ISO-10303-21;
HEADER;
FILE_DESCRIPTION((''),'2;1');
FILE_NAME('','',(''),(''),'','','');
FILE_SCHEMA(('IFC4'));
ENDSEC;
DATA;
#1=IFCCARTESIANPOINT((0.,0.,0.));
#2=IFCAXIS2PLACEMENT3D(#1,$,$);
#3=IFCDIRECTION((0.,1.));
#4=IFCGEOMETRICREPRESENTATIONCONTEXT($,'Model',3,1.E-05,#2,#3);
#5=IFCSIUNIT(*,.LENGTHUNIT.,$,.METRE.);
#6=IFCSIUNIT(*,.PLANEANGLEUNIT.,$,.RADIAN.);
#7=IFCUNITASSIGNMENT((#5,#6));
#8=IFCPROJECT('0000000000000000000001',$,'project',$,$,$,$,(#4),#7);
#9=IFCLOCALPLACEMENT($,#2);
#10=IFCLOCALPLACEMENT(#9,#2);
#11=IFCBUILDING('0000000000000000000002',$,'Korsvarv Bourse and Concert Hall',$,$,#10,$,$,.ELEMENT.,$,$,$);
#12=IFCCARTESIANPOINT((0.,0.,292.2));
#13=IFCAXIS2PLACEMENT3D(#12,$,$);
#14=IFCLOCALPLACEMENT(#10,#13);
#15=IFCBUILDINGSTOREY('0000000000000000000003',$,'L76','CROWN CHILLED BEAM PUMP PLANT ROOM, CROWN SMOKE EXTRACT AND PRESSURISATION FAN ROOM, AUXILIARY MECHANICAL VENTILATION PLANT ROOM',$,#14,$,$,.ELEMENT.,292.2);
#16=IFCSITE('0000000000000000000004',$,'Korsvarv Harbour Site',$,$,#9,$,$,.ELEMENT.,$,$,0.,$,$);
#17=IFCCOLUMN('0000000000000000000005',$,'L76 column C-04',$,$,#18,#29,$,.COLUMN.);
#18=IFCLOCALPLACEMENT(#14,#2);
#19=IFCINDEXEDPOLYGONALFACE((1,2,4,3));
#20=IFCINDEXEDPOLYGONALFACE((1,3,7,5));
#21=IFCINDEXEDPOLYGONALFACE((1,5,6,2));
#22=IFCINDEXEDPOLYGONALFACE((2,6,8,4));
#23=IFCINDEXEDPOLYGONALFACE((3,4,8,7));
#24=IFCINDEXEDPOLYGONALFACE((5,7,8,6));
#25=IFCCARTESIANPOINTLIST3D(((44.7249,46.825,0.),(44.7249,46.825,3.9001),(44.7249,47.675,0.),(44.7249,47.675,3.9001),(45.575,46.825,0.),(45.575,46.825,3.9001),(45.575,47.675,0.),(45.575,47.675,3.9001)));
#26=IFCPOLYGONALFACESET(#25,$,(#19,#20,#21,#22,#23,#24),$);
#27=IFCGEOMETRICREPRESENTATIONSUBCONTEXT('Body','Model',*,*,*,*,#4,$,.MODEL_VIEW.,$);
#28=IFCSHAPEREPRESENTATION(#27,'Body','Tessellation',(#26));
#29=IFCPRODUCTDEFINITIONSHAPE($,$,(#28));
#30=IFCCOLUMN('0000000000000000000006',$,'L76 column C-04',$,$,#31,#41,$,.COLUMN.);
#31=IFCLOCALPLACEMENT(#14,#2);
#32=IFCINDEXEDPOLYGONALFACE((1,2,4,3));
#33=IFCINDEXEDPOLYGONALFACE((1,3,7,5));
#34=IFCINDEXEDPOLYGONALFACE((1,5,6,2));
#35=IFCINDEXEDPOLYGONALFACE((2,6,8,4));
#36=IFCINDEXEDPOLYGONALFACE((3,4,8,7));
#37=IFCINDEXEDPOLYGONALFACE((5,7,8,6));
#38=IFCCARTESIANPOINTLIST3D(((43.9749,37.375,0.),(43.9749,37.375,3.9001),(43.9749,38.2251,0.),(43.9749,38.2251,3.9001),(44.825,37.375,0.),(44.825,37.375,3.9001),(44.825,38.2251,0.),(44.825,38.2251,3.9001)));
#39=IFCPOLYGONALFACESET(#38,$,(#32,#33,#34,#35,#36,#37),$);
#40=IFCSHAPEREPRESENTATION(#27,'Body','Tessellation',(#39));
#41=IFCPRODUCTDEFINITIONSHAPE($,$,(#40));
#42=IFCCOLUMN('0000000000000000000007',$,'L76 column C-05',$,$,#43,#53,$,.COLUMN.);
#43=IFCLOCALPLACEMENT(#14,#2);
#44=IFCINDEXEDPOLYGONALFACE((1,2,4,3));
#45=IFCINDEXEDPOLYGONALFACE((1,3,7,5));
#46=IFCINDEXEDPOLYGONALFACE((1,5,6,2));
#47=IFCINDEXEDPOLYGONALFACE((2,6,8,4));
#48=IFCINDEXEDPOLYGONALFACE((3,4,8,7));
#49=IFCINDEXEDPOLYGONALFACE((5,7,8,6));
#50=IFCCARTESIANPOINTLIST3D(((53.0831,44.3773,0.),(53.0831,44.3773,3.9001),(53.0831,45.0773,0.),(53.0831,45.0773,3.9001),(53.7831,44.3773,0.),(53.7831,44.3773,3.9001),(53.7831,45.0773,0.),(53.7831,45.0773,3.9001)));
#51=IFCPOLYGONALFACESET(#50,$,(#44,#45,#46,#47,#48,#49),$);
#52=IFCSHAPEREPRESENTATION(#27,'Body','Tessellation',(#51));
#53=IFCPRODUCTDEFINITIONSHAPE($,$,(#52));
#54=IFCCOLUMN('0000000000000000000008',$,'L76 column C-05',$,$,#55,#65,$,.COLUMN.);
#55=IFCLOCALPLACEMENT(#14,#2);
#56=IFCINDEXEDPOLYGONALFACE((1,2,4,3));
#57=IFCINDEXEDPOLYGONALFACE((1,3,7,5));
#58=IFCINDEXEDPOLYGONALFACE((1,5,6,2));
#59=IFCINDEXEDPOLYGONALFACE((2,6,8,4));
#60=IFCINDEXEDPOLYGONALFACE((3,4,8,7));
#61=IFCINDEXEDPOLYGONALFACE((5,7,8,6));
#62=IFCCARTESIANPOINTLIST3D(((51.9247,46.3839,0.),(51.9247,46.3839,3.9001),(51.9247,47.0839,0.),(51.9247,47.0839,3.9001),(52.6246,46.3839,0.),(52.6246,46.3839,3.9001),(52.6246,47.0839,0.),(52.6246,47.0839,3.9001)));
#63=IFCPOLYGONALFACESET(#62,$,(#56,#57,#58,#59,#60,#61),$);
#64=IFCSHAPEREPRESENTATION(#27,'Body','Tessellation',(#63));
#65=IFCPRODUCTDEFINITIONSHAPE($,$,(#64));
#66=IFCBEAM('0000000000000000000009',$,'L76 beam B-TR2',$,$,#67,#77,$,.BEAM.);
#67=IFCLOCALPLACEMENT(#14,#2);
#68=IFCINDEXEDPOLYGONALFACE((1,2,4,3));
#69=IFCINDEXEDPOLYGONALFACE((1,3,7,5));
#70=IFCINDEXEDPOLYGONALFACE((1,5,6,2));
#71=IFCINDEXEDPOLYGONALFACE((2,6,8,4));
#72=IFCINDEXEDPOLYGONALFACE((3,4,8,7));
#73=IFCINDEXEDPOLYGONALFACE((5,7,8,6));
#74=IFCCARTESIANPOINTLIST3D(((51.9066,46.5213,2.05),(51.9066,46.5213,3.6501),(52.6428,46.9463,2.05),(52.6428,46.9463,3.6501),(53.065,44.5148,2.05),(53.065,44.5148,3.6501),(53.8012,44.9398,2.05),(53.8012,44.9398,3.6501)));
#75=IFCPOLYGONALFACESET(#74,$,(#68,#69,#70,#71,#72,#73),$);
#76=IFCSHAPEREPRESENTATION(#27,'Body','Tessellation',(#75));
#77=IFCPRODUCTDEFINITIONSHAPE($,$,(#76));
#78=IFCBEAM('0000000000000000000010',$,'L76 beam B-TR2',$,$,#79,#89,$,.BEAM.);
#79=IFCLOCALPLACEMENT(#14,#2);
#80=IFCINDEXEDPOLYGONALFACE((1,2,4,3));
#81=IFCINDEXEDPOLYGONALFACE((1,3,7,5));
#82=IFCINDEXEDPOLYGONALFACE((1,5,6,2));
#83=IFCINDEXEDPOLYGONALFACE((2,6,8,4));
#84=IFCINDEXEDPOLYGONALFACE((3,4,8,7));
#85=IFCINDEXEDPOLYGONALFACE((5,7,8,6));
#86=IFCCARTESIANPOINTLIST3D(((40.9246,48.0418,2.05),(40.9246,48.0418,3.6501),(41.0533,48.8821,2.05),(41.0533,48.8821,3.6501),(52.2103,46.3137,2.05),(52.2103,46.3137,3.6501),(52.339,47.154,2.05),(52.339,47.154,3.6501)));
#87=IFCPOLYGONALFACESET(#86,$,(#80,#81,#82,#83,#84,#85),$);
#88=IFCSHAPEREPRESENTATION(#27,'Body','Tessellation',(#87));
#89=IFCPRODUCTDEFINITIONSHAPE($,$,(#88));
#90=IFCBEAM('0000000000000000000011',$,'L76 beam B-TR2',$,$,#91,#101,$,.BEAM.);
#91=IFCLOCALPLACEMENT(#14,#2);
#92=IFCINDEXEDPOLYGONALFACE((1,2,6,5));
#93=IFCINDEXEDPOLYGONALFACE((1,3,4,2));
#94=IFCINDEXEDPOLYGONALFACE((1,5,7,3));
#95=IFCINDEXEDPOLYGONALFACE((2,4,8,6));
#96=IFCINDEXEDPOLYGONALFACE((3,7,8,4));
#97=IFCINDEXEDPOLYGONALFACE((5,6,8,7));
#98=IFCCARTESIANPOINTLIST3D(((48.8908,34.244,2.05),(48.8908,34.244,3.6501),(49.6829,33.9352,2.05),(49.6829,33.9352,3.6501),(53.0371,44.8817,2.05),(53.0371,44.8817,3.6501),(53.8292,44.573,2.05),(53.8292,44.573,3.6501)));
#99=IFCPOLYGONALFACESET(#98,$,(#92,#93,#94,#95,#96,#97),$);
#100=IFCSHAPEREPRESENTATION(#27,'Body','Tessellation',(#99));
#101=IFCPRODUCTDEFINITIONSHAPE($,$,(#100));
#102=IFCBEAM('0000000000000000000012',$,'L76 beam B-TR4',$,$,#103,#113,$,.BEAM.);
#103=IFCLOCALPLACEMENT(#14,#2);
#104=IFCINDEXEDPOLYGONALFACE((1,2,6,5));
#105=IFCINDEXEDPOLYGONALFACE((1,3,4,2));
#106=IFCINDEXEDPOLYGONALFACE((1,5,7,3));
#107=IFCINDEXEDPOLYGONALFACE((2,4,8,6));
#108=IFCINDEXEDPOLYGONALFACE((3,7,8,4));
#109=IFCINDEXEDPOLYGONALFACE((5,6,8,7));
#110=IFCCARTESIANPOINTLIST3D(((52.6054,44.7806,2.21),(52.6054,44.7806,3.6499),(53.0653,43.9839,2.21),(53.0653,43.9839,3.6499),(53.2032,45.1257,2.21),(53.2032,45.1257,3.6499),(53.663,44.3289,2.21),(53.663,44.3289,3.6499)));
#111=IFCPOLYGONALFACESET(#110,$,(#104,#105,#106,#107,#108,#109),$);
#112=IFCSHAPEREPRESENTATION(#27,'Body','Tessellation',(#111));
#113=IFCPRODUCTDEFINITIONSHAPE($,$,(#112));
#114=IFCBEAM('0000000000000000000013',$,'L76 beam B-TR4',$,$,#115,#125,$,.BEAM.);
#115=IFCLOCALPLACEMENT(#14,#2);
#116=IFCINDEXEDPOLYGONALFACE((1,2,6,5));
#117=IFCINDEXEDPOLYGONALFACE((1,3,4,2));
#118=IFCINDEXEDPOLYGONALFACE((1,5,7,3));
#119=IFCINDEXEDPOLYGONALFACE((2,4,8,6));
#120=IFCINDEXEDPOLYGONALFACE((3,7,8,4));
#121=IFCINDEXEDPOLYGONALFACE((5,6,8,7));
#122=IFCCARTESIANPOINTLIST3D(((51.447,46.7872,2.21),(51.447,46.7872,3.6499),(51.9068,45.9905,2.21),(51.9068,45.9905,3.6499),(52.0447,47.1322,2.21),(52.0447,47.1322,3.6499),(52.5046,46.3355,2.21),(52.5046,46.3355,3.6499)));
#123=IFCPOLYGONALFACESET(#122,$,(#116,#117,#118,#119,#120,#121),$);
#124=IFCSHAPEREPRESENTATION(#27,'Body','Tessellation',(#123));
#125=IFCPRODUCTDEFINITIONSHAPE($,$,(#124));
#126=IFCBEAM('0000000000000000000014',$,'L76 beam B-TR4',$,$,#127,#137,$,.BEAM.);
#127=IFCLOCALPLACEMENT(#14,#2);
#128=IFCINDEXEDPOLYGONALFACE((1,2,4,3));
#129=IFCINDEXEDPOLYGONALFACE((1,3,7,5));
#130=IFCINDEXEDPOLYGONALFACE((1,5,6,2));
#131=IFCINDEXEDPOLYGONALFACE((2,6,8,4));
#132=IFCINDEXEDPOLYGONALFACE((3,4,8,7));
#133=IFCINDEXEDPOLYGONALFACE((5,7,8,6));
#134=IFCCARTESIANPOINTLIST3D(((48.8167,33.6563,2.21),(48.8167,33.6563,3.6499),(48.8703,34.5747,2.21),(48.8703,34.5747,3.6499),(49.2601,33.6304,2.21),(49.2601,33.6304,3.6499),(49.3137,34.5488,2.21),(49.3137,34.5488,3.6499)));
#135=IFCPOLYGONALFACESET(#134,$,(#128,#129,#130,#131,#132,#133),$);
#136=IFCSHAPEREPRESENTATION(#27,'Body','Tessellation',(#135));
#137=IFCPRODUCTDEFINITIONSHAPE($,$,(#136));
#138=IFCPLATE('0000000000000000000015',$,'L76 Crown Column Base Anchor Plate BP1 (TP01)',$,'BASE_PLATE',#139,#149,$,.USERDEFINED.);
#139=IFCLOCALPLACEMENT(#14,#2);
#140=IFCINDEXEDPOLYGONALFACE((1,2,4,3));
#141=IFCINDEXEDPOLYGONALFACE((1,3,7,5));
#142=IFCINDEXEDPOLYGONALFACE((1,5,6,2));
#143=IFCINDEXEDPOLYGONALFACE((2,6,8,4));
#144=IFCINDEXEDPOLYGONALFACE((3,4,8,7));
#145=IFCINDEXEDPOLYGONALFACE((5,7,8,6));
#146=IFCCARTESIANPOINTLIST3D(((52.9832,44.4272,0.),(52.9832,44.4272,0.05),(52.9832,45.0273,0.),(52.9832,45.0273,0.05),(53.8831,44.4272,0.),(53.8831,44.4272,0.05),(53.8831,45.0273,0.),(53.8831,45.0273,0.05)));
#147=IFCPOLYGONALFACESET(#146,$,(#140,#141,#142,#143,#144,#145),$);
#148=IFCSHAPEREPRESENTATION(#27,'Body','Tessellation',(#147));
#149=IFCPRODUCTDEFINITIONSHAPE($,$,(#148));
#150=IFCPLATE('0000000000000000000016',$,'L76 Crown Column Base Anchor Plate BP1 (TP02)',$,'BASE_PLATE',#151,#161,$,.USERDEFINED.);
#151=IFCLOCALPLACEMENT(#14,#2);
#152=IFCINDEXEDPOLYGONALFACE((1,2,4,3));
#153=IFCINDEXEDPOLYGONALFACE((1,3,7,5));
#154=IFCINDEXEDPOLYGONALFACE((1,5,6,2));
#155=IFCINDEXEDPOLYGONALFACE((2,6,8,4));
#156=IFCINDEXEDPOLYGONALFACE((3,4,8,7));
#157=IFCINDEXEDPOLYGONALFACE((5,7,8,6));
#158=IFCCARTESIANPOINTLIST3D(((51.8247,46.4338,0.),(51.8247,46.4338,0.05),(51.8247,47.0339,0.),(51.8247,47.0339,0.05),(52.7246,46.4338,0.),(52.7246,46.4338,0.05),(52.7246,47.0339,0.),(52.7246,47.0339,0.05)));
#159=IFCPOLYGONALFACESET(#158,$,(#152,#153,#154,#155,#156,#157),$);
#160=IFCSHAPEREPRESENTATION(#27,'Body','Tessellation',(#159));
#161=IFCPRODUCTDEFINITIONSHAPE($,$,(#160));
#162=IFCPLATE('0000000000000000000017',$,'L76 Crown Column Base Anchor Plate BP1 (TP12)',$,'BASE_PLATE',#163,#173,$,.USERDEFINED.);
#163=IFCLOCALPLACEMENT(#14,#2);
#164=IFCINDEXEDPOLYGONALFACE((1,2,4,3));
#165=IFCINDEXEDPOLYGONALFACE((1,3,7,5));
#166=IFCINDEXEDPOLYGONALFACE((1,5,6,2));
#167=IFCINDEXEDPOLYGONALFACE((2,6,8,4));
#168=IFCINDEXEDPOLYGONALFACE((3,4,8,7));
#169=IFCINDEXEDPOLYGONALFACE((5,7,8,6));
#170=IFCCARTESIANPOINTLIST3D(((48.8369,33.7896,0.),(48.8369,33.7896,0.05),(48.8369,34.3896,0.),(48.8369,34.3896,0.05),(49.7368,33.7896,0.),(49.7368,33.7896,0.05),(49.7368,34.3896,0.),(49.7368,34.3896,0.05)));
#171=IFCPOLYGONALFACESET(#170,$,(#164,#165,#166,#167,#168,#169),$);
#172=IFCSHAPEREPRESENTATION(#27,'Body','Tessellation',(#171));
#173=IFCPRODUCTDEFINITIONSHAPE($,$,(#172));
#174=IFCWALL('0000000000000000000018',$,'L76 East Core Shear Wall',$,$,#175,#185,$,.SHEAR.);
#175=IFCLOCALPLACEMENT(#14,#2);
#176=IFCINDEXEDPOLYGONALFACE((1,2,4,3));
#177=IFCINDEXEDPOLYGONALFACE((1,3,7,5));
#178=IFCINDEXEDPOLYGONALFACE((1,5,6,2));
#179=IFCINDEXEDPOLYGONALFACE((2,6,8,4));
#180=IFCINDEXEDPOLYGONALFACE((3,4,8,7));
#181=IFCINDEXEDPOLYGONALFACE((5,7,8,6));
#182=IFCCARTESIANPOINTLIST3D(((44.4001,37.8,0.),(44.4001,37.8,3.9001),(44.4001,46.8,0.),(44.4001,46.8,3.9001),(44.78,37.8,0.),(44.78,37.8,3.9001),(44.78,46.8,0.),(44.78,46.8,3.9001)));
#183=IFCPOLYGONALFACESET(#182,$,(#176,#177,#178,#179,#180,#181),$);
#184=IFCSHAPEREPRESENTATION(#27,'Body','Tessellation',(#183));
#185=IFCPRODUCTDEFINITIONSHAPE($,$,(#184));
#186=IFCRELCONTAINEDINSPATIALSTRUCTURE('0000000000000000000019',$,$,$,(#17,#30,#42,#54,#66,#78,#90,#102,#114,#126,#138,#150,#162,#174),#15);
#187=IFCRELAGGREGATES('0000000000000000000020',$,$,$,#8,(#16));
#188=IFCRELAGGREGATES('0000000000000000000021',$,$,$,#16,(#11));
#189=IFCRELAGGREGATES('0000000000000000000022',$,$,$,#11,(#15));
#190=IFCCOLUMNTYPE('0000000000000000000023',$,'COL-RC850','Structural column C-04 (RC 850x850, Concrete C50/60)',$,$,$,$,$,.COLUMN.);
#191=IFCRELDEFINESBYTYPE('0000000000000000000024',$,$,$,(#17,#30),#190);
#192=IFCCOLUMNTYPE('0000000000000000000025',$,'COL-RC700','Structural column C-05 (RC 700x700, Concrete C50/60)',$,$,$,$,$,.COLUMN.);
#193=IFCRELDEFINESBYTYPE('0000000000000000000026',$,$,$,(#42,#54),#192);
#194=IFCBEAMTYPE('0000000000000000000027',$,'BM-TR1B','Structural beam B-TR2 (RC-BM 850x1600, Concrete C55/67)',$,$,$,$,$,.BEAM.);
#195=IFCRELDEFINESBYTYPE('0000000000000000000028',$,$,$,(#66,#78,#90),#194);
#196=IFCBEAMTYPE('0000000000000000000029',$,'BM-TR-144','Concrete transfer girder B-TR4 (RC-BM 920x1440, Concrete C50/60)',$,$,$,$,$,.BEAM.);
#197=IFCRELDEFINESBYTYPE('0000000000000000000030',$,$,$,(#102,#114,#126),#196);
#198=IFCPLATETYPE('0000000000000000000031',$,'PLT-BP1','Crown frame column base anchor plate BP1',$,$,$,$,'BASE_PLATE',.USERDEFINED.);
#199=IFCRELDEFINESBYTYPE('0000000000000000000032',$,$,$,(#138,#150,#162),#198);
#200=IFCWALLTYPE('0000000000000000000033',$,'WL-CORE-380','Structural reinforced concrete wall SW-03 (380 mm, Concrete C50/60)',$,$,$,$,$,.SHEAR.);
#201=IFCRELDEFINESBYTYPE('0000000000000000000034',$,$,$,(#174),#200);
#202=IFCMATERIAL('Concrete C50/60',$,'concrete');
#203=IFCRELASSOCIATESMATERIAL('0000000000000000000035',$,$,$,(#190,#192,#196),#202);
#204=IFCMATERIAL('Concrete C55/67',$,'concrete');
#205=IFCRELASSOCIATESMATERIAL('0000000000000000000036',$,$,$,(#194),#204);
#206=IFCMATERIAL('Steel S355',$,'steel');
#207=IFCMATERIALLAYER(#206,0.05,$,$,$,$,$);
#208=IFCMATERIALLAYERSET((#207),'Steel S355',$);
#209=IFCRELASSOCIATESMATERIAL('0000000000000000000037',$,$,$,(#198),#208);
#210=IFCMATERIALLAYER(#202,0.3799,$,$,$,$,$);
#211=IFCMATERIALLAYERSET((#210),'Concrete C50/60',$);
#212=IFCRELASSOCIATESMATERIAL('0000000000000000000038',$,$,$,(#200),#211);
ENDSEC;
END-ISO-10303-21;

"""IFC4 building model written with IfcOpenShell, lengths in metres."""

from ifc_helpers import new_model, si_unit, direction, frame, frame_2d, origin, origin_2d, place, context, subcontext, project, spatial, rectangle, extrude, source, transform, mapped, material, layer, layer_set, material_profile, profile_set, type_object, element, save


model = new_model("IFC4")

# Units and contexts
model_context = context("Model", 3, precision=1e-05, world=origin(), true_north=direction((0.0, 1.0)))
body_context = subcontext(model_context, "Body", "Model", "MODEL_VIEW")
ifc_project = project(units=[si_unit("LENGTHUNIT", "METRE"), si_unit("PLANEANGLEUNIT", "RADIAN")], contexts=[model_context])

# Site, building, storey
site_placement = place(None, origin())
site = spatial("IfcSite", under=ifc_project, at=site_placement, Name="Korsvarv Harbour Site", CompositionType="ELEMENT", RefElevation=0.0)
building_placement = place(site_placement, origin())
building = spatial("IfcBuilding", under=site, at=building_placement, Name="Korsvarv Bourse and Concert Hall", CompositionType="ELEMENT")
storey_placement = place(building_placement, frame((0.0, 0.0, 292.2)))
storey = spatial("IfcBuildingStorey", under=building, at=storey_placement, Name="L76", Description="CROWN CHILLED BEAM PUMP PLANT ROOM, CROWN SMOKE EXTRACT AND PRESSURISATION FAN ROOM, AUXILIARY MECHANICAL VENTILATION PLANT ROOM", CompositionType="ELEMENT", Elevation=292.2)

# Columns
ifc_material_1 = material(Name="Concrete C50/60", Category="concrete")
ifc_material_profile_1 = material_profile(ifc_material_1, rectangle(XDim=0.8501, YDim=0.8501, at=origin_2d()), Name="RC 850x850")
ifc_profile_set_1 = profile_set([ifc_material_profile_1], Name="Concrete C50/60")
column_type_1 = type_object("IfcColumnType", Name="COL-RC850", Description="Structural column C-04 (RC 850x850, Concrete C50/60)", PredefinedType="COLUMN", material=ifc_profile_set_1)
shared_shape_1 = source(origin(), body_context, "Body", "SweptSolid", [
    extrude(rectangle(XDim=0.8501, YDim=0.8501, at=origin_2d()), origin(), (0.0, 0.0, 1.0), 3.9001),
])
for number, where, z_axis, x_axis, name in (
    (1, (45.1499, 47.25, 0.0), (0.0, 0.0, 1.0), (1.0, 0.0, 0.0), "L76 column C-04"),
    (2, (44.3999, 37.8, 0.0), (0.0, 0.0, 1.0), (1.0, 0.0, 0.0), "L76 column C-04"),
):
    element("IfcColumn", number, at=place(storey_placement, frame(where, z_axis=z_axis, x_axis=x_axis)), inside=storey, type_object=column_type_1, Name=name, PredefinedType="COLUMN", context=body_context, shape_type="MappedRepresentation", body=[
        mapped(shared_shape_1, transform((0.0, 0.0, 0.0), scale=1.0)),
    ])
ifc_material_profile_2 = material_profile(ifc_material_1, rectangle(XDim=0.7, YDim=0.7, at=origin_2d()), Name="RC 700x700")
ifc_profile_set_2 = profile_set([ifc_material_profile_2], Name="Concrete C50/60")
column_type_2 = type_object("IfcColumnType", Name="COL-RC700", Description="Structural column C-05 (RC 700x700, Concrete C50/60)", PredefinedType="COLUMN", material=ifc_profile_set_2)
shared_shape_2 = source(origin(), body_context, "Body", "SweptSolid", [
    extrude(rectangle(XDim=0.7, YDim=0.7, at=origin_2d()), origin(), (0.0, 0.0, 1.0), 3.9001),
])
for number, where, z_axis, x_axis, name in (
    (3, (53.4331, 44.7273, 0.0), (0.0, 0.0, 1.0), (1.0, 0.0, 0.0), "L76 column C-05"),
    (4, (52.2747, 46.7339, 0.0), (0.0, 0.0, 1.0), (1.0, 0.0, 0.0), "L76 column C-05"),
):
    element("IfcColumn", number, at=place(storey_placement, frame(where, z_axis=z_axis, x_axis=x_axis)), inside=storey, type_object=column_type_2, Name=name, PredefinedType="COLUMN", context=body_context, shape_type="MappedRepresentation", body=[
        mapped(shared_shape_2, transform((0.0, 0.0, 0.0), scale=1.0)),
    ])

# Beams
ifc_material_2 = material(Name="Concrete C55/67", Category="concrete")
ifc_material_profile_3 = material_profile(ifc_material_2, rectangle(XDim=0.8501, YDim=1.6001, at=origin_2d()), Name="RC-BM 850x1600")
ifc_profile_set_3 = profile_set([ifc_material_profile_3], Name="Concrete C55/67")
beam_type_1 = type_object("IfcBeamType", Name="BM-TR1B", Description="Structural beam B-TR2 (RC-BM 850x1600, Concrete C55/67)", PredefinedType="BEAM", material=ifc_profile_set_3)
shared_shape_3 = source(origin(), body_context, "Body", "SweptSolid", [
    extrude(rectangle(XDim=0.8501, YDim=1.6001, at=origin_2d()), origin(), (0.0, 0.0, 1.0), 2.3169),
])
beam_1_placement = place(storey_placement, frame((53.4331, 44.7273, 2.8501), z_axis=(-0.499981, 0.866036, 0.0), x_axis=(-0.866036, -0.499981, 0.0)))
element("IfcBeam", 5, at=beam_1_placement, inside=storey, type_object=beam_type_1, Name="L76 beam B-TR2", PredefinedType="BEAM", context=body_context, shape_type="MappedRepresentation", body=[
    mapped(shared_shape_3, transform((0.0, 0.0, 0.0), scale=1.0)),
])
shared_shape_4 = source(origin(), body_context, "Body", "SweptSolid", [
    extrude(rectangle(XDim=0.8501, YDim=1.6001, at=origin_2d()), origin(), (0.0, 0.0, 1.0), 11.4172),
])
for number, where, z_axis, x_axis, name in (
    (6, (52.2747, 46.7339, 2.8501), (-0.98848, 0.151353, 0.0), (-0.151353, -0.98848, 0.0), "L76 beam B-TR2"),
    (7, (49.2869, 34.0896, 2.8501), (0.363158, 0.931728, 0.0), (-0.931728, 0.363158, 0.0), "L76 beam B-TR2"),
):
    element("IfcBeam", number, at=place(storey_placement, frame(where, z_axis=z_axis, x_axis=x_axis)), inside=storey, type_object=beam_type_1, Name=name, PredefinedType="BEAM", context=body_context, shape_type="MappedRepresentation", body=[
        mapped(shared_shape_4, transform((0.0, 0.0, 0.0), scale=1.0)),
    ])
ifc_material_profile_4 = material_profile(ifc_material_1, rectangle(XDim=0.9199, YDim=1.4399, at=origin_2d()), Name="RC-BM 920x1440")
ifc_profile_set_4 = profile_set([ifc_material_profile_4], Name="Concrete C50/60")
beam_type_2 = type_object("IfcBeamType", Name="BM-TR-144", Description="Concrete transfer girder B-TR4 (RC-BM 920x1440, Concrete C50/60)", PredefinedType="BEAM", material=ifc_profile_set_4)
shared_shape_5 = source(origin(), body_context, "Body", "SweptSolid", [
    extrude(rectangle(XDim=0.9199, YDim=1.4399, at=origin_2d()), origin(), (0.0, 0.0, 1.0), 0.6902),
])
for number, where, z_axis, x_axis, name in (
    (8, (53.4331, 44.7273, 2.9299), (-0.86608, -0.499906, 0.0), (0.499906, -0.86608, 0.0), "L76 beam B-TR4"),
    (9, (52.2747, 46.7339, 2.9299), (-0.86608, -0.499906, 0.0), (0.499906, -0.86608, 0.0), "L76 beam B-TR4"),
):
    element("IfcBeam", number, at=place(storey_placement, frame(where, z_axis=z_axis, x_axis=x_axis)), inside=storey, type_object=beam_type_2, Name=name, PredefinedType="BEAM", context=body_context, shape_type="MappedRepresentation", body=[
        mapped(shared_shape_5, transform((0.0, 0.0, 0.0), scale=1.0)),
    ])
shared_shape_6 = source(origin(), body_context, "Body", "SweptSolid", [
    extrude(rectangle(XDim=0.9199, YDim=1.4399, at=origin_2d()), origin(), (0.0, 0.0, 1.0), 0.4441),
])
beam_2_placement = place(storey_placement, frame((49.2869, 34.0896, 2.9299), z_axis=(-0.998301, 0.058271, 0.0), x_axis=(-0.058271, -0.998301, 0.0)))
element("IfcBeam", 10, at=beam_2_placement, inside=storey, type_object=beam_type_2, Name="L76 beam B-TR4", PredefinedType="BEAM", context=body_context, shape_type="MappedRepresentation", body=[
    mapped(shared_shape_6, transform((0.0, 0.0, 0.0), scale=1.0)),
])

# Plates
ifc_material_3 = material(Name="Steel S355", Category="steel")
ifc_layer_1 = layer(ifc_material_3, 0.05)
ifc_layer_set_1 = layer_set([ifc_layer_1], Name="Steel S355")
plate_type = type_object("IfcPlateType", Name="PLT-BP1", Description="Crown frame column base anchor plate BP1", ElementType="BASE_PLATE", PredefinedType="USERDEFINED", material=ifc_layer_set_1)
shared_shape_7 = source(origin(), body_context, "Body", "SweptSolid", [
    extrude(rectangle(XDim=0.8999, YDim=0.6001, at=origin_2d()), origin(), (0.0, 0.0, 1.0), 0.05),
])
for number, where, z_axis, x_axis, name in (
    (11, (53.4331, 44.7273, 0.0), (0.0, 0.0, 1.0), (1.0, 0.0, 0.0), "L76 Crown Column Base Anchor Plate BP1 (TP01)"),
    (12, (52.2747, 46.7339, 0.0), (0.0, 0.0, 1.0), (1.0, 0.0, 0.0), "L76 Crown Column Base Anchor Plate BP1 (TP02)"),
    (13, (49.2869, 34.0896, 0.0), (0.0, 0.0, 1.0), (1.0, 0.0, 0.0), "L76 Crown Column Base Anchor Plate BP1 (TP12)"),
):
    element("IfcPlate", number, at=place(storey_placement, frame(where, z_axis=z_axis, x_axis=x_axis)), inside=storey, type_object=plate_type, Name=name, ObjectType="BASE_PLATE", PredefinedType="USERDEFINED", context=body_context, shape_type="MappedRepresentation", body=[
        mapped(shared_shape_7, transform((0.0, 0.0, 0.0), scale=1.0)),
    ])

# Wall
ifc_layer_2 = layer(ifc_material_1, 0.3799)
ifc_layer_set_2 = layer_set([ifc_layer_2], Name="Concrete C50/60")
wall_type_1 = type_object("IfcWallType", Name="WL-CORE-380", Description="Structural reinforced concrete wall SW-03 (380 mm, Concrete C50/60)", PredefinedType="SHEAR", material=ifc_layer_set_2)
wall_1_placement = place(storey_placement, frame((44.5901, 37.8, 0.0), z_axis=(0.0, 0.0, 1.0), x_axis=(0.0, 1.0, 0.0)))
element("IfcWall", 14, at=wall_1_placement, inside=storey, type_object=wall_type_1, Name="L76 East Core Shear Wall", PredefinedType="SHEAR", context=body_context, shape_type="SweptSolid", body=[
    extrude(rectangle(XDim=9.0, YDim=0.3799, at=frame_2d((4.5, 0.0))), origin(), (0.0, 0.0, 1.0), 3.9001),
])

save(model, "model.ifc")
